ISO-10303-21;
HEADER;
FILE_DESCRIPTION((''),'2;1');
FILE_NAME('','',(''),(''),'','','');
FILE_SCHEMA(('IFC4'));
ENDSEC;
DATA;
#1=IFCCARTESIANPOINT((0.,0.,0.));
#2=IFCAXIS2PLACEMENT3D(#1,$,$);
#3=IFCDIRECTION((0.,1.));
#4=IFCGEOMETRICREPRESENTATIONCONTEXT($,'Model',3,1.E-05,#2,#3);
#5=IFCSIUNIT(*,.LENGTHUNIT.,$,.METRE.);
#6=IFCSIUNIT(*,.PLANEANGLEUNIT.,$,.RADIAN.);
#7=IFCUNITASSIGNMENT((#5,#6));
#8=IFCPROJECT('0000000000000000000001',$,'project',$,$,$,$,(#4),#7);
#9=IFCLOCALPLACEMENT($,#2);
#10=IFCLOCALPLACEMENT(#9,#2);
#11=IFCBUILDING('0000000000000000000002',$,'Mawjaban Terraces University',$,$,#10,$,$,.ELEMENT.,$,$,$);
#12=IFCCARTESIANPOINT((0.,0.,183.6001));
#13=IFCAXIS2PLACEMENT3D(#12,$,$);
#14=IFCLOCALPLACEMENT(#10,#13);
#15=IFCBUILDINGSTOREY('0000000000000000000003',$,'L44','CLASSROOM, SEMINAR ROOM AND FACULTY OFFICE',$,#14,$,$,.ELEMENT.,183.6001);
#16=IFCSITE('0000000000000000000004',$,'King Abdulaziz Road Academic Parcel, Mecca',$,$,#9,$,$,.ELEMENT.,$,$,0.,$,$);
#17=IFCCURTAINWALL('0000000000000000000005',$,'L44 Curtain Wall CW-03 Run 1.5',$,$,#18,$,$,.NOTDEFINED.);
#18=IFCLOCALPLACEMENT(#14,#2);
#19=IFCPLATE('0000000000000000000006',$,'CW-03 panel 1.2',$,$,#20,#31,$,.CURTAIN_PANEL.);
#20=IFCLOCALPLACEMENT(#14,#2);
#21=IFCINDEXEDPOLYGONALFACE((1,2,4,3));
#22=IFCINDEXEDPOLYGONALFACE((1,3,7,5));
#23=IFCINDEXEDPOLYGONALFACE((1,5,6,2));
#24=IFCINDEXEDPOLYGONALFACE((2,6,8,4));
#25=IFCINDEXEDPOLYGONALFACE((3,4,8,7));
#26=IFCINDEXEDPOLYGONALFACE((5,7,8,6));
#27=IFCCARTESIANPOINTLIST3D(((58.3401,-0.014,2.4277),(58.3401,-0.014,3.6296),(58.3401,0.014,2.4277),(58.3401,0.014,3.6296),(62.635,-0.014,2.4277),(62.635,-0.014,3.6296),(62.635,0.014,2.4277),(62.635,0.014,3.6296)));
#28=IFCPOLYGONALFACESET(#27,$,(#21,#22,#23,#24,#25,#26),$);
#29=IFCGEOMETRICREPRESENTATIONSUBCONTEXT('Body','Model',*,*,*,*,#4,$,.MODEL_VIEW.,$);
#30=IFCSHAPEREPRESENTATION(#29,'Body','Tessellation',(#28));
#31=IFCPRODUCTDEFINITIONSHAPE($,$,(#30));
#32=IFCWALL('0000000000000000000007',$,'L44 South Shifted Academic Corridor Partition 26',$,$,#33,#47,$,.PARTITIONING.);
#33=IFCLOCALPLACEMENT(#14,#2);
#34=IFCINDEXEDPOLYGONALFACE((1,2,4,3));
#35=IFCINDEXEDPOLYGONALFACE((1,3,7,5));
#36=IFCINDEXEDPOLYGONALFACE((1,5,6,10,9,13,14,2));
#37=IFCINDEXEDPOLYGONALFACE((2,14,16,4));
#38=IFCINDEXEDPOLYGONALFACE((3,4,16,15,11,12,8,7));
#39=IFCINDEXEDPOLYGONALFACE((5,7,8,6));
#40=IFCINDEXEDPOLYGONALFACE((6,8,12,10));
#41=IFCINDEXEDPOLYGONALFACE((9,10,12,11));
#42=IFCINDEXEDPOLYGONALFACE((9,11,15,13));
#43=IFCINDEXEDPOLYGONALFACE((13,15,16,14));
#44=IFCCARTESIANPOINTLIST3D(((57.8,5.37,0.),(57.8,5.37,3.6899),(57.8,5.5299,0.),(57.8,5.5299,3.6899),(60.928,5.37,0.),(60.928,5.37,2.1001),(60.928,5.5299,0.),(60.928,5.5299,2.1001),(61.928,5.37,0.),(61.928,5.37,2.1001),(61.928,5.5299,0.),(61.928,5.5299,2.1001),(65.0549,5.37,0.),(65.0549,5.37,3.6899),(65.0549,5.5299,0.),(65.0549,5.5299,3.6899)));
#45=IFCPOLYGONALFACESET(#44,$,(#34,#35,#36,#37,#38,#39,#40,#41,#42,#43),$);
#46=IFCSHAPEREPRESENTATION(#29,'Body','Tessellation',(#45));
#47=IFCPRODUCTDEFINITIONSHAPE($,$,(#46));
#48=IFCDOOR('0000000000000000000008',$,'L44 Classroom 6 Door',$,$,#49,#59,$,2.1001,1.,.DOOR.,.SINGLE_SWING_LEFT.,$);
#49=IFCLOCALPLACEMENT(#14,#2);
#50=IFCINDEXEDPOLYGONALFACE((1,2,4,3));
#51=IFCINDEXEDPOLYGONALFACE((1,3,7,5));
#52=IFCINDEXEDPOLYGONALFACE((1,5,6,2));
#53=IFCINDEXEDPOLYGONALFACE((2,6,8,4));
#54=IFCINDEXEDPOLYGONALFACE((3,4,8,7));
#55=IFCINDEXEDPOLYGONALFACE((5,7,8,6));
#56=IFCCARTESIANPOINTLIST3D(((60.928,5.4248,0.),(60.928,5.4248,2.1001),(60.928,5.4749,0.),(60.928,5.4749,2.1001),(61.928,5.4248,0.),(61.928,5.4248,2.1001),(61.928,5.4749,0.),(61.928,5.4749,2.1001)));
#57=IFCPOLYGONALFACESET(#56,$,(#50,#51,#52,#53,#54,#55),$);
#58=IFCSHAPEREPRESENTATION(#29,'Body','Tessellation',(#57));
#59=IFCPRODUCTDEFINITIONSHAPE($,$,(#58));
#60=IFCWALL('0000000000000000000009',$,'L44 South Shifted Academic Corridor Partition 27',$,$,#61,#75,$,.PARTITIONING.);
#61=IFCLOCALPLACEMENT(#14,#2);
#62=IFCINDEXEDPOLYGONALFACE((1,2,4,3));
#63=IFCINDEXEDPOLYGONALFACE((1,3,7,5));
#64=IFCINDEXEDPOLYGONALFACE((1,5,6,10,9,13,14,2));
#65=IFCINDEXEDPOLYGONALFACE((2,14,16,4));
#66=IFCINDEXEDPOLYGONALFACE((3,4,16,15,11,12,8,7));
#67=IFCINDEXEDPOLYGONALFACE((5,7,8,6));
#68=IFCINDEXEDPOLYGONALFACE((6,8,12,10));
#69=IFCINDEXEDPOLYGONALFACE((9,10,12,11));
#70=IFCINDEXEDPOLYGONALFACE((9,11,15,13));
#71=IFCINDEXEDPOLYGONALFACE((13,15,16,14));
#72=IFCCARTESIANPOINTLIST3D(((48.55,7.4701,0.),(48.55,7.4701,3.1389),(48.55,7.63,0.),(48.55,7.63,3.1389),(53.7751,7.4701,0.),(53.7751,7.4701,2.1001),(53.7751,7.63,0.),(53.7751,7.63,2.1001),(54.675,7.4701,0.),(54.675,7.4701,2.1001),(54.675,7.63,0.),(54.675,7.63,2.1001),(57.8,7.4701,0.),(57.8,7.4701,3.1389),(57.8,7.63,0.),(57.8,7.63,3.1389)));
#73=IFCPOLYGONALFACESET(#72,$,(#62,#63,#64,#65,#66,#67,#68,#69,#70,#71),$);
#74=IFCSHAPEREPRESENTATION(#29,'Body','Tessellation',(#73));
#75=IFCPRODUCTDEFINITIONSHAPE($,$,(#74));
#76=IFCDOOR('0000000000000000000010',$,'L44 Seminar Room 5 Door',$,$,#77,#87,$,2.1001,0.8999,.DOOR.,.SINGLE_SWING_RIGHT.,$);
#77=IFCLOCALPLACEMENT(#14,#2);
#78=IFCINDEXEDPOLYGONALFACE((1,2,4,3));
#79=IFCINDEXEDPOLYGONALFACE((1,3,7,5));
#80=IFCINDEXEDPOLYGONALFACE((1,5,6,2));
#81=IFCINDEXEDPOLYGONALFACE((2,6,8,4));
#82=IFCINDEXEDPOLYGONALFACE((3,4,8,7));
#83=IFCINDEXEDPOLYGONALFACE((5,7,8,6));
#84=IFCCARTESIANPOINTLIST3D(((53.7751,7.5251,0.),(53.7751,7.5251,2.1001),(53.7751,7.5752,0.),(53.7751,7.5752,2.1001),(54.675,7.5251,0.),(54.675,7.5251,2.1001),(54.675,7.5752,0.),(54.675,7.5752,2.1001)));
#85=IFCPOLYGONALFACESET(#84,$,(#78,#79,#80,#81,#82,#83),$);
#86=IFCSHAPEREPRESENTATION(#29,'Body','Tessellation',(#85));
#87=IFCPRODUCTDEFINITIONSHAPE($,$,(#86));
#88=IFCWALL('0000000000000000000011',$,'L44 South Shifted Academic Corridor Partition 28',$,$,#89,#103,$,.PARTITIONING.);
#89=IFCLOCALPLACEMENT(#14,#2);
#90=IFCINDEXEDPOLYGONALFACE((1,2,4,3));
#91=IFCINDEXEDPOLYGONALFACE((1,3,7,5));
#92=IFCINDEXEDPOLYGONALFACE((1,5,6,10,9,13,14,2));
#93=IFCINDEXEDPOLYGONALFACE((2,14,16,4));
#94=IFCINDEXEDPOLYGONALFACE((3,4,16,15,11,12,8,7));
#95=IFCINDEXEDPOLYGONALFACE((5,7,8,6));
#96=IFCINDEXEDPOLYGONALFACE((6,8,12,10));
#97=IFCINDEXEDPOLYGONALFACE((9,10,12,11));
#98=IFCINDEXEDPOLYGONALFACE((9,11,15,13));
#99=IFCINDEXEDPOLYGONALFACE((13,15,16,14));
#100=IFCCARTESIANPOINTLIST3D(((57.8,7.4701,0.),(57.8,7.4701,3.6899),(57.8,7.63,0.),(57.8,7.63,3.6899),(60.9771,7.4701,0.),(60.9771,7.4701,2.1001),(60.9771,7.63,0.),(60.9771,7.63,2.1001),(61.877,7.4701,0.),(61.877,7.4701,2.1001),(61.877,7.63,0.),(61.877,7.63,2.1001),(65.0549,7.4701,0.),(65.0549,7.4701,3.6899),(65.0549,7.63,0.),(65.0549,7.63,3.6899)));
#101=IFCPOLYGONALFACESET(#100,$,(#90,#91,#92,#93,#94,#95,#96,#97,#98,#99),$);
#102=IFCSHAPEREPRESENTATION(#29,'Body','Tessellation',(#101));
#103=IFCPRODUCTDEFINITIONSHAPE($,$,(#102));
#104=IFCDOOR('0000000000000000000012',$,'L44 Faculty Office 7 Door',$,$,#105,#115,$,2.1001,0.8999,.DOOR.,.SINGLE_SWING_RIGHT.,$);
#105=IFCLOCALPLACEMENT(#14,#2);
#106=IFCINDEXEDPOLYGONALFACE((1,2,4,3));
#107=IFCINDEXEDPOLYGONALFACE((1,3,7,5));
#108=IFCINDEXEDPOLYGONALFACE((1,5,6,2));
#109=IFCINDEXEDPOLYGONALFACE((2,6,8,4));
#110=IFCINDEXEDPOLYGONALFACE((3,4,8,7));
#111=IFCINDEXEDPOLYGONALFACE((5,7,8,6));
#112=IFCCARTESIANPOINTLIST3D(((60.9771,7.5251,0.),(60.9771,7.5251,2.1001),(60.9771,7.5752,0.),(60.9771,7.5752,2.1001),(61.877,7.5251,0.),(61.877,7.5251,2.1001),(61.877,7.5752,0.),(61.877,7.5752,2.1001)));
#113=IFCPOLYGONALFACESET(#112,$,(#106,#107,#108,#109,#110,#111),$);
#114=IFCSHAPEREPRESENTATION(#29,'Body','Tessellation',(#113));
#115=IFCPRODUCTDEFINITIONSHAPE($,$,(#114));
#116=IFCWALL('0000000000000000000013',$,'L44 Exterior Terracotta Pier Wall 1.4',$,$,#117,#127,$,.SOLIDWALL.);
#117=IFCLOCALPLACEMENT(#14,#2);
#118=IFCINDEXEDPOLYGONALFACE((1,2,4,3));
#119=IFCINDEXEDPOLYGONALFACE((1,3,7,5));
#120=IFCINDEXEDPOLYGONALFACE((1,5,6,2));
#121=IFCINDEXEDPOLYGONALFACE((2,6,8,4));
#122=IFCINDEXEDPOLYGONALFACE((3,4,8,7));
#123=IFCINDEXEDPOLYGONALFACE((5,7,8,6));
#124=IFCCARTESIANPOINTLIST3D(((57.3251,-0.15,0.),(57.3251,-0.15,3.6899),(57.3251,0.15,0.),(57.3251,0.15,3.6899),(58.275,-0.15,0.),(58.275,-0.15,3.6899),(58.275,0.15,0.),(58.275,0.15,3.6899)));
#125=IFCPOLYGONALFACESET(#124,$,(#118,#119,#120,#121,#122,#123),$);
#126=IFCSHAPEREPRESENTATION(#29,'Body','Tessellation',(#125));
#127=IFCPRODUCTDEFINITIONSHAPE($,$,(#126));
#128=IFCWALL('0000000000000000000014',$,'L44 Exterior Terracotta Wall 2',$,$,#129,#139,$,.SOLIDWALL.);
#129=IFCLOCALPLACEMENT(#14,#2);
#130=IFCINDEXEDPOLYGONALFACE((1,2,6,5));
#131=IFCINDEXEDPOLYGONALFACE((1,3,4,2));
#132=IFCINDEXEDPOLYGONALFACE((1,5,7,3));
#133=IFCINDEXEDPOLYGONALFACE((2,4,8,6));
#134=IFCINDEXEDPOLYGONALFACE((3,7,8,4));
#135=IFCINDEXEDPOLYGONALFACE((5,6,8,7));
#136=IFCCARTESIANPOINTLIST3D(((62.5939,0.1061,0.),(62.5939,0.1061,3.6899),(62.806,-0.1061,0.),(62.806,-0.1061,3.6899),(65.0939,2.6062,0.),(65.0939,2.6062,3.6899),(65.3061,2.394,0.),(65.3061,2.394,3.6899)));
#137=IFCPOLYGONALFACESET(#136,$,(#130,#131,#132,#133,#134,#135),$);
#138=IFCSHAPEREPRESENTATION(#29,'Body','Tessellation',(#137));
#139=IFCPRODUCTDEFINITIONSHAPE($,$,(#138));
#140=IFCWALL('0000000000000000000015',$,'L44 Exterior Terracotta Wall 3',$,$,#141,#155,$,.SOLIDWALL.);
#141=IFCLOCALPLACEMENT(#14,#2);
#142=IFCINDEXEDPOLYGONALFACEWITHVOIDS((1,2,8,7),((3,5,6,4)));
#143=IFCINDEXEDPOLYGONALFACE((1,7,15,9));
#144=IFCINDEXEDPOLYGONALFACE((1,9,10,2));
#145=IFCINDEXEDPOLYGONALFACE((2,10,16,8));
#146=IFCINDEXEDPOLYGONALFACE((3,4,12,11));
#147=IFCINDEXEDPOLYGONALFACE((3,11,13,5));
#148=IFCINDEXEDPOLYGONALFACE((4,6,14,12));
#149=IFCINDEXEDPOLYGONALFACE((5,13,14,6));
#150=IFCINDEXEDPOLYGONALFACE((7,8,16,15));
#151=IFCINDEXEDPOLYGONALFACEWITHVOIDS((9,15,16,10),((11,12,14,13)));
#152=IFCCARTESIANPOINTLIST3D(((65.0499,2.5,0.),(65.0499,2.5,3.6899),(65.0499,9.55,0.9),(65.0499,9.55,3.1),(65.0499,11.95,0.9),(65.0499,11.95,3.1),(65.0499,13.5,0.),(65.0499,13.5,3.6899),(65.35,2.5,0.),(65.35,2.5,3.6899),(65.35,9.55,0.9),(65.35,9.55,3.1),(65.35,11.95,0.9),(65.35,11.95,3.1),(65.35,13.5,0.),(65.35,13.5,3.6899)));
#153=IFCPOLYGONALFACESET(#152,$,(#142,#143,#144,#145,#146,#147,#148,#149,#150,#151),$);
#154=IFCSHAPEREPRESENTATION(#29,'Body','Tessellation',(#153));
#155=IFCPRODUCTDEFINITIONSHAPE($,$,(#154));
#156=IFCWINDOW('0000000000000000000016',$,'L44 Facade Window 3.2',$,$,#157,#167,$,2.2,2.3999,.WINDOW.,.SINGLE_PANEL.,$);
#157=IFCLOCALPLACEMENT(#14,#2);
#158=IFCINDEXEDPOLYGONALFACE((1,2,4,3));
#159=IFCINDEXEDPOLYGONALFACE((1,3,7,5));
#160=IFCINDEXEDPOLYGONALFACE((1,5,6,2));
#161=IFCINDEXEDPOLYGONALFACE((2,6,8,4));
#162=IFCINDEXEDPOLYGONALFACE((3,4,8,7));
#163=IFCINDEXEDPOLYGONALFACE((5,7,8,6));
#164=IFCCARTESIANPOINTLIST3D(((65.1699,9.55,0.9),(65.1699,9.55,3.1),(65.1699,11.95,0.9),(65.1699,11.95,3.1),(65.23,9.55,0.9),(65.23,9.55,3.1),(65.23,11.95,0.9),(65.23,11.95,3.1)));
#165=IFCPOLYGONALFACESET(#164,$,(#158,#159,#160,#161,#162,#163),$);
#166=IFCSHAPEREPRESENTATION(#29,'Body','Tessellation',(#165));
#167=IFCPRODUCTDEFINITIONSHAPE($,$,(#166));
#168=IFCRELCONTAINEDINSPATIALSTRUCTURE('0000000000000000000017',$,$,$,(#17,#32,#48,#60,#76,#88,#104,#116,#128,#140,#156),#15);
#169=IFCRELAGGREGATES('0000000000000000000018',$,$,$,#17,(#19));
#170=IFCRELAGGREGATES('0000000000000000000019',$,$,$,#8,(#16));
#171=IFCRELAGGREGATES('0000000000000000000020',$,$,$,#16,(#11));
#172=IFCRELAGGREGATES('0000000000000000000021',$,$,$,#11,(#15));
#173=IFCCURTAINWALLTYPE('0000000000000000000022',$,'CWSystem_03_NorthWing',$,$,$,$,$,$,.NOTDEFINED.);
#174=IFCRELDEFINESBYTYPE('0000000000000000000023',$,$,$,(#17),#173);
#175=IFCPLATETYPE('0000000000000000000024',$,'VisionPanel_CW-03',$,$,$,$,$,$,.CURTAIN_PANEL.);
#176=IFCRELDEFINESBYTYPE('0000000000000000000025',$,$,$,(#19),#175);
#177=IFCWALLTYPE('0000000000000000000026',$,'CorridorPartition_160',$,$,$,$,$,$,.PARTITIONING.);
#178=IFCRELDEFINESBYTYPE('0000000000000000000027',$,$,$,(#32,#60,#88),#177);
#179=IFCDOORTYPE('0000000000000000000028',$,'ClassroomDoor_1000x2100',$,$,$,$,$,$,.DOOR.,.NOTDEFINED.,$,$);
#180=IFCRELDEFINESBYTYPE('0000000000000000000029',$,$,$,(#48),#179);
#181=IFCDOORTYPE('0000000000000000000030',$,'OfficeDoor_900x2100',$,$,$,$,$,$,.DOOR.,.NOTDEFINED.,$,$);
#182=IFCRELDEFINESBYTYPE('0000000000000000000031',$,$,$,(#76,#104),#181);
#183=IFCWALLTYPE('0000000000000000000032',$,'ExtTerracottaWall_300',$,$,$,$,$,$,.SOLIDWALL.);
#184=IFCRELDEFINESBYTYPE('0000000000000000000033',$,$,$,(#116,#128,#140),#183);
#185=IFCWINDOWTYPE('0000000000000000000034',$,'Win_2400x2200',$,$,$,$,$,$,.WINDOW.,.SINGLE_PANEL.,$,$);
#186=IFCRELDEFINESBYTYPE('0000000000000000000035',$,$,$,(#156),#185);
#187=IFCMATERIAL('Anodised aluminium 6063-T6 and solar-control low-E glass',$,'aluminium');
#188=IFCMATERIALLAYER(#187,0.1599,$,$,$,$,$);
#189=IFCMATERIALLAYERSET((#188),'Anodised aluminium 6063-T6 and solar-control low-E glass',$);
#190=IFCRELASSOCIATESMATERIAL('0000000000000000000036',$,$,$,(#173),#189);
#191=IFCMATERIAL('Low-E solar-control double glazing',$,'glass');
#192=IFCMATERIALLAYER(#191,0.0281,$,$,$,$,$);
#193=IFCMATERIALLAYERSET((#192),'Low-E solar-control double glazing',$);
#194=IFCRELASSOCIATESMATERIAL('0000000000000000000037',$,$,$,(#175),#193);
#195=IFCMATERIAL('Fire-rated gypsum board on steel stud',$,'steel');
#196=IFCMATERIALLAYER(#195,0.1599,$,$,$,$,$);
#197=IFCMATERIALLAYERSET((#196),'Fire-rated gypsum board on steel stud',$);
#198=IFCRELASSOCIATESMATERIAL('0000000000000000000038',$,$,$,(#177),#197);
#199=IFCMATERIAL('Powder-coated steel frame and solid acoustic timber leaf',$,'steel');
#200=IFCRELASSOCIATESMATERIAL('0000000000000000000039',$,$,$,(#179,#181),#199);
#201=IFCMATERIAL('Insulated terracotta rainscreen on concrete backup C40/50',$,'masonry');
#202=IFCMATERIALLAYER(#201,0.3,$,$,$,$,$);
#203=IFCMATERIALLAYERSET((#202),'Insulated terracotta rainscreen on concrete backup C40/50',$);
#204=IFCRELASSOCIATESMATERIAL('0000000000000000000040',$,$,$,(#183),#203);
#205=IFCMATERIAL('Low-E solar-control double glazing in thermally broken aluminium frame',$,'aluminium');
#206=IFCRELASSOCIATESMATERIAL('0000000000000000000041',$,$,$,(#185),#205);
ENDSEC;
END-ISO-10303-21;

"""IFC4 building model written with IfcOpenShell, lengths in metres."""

from ifc_helpers import new_model, si_unit, direction, frame, frame_2d, origin, origin_2d, place, context, subcontext, project, spatial, rectangle, extrude, material, layer, layer_set, type_object, element, fill, aggregate, save


model = new_model("IFC4")

# Units and contexts
model_context = context("Model", 3, precision=1e-05, world=origin(), true_north=direction((0.0, 1.0)))
body_context = subcontext(model_context, "Body", "Model", "MODEL_VIEW")
ifc_project = project(units=[si_unit("LENGTHUNIT", "METRE"), si_unit("PLANEANGLEUNIT", "RADIAN")], contexts=[model_context])

# Site, building, storey
site_placement = place(None, origin())
site = spatial("IfcSite", under=ifc_project, at=site_placement, Name="King Abdulaziz Road Academic Parcel, Mecca", CompositionType="ELEMENT", RefElevation=0.0)
building_placement = place(site_placement, origin())
building = spatial("IfcBuilding", under=site, at=building_placement, Name="Mawjaban Terraces University", CompositionType="ELEMENT")
storey_placement = place(building_placement, frame((0.0, 0.0, 183.6001)))
storey = spatial("IfcBuildingStorey", under=building, at=storey_placement, Name="L44", Description="CLASSROOM, SEMINAR ROOM AND FACULTY OFFICE", CompositionType="ELEMENT", Elevation=183.6001)

# Curtain wall, plate
ifc_material_1 = material(Name="Anodised aluminium 6063-T6 and solar-control low-E glass", Category="aluminium")
ifc_layer_1 = layer(ifc_material_1, 0.1599)
ifc_layer_set_1 = layer_set([ifc_layer_1], Name="Anodised aluminium 6063-T6 and solar-control low-E glass")
curtain_wall_type = type_object("IfcCurtainWallType", Name="CWSystem_03_NorthWing", PredefinedType="NOTDEFINED", material=ifc_layer_set_1)
curtain_wall_placement = place(storey_placement, origin())
curtain_wall = element("IfcCurtainWall", 1, at=curtain_wall_placement, inside=storey, type_object=curtain_wall_type, Name="L44 Curtain Wall CW-03 Run 1.5", PredefinedType="NOTDEFINED")
ifc_material_2 = material(Name="Low-E solar-control double glazing", Category="glass")
ifc_layer_2 = layer(ifc_material_2, 0.0281)
ifc_layer_set_2 = layer_set([ifc_layer_2], Name="Low-E solar-control double glazing")
plate_type = type_object("IfcPlateType", Name="VisionPanel_CW-03", PredefinedType="CURTAIN_PANEL", material=ifc_layer_set_2)
plate_1_placement = place(storey_placement, frame((60.4875, 0.0, 2.4277), z_axis=(0.0, 0.0, 1.0), x_axis=(1.0, 0.0, 0.0)))
plate_1 = element("IfcPlate", 2, at=plate_1_placement, type_object=plate_type, Name="CW-03 panel 1.2", PredefinedType="CURTAIN_PANEL", context=body_context, shape_type="SweptSolid", body=[
    extrude(rectangle(XDim=4.2949, YDim=0.0281, at=origin_2d()), origin(), (0.0, 0.0, 1.0), 1.2019),
])
aggregate(curtain_wall, [plate_1])

# Walls, openings, doors
ifc_material_3 = material(Name="Fire-rated gypsum board on steel stud", Category="steel")
ifc_layer_3 = layer(ifc_material_3, 0.1599)
ifc_layer_set_3 = layer_set([ifc_layer_3], Name="Fire-rated gypsum board on steel stud")
wall_type_1 = type_object("IfcWallType", Name="CorridorPartition_160", PredefinedType="PARTITIONING", material=ifc_layer_set_3)
wall_1_placement = place(storey_placement, frame((57.8, 5.45, 0.0), z_axis=(0.0, 0.0, 1.0), x_axis=(1.0, 0.0, 0.0)))
wall_1 = element("IfcWall", 3, at=wall_1_placement, inside=storey, type_object=wall_type_1, Name="L44 South Shifted Academic Corridor Partition 26", PredefinedType="PARTITIONING", context=body_context, shape_type="SweptSolid", body=[
    extrude(rectangle(XDim=7.2549, YDim=0.1599, at=frame_2d((3.6274, 0.0))), origin(), (0.0, 0.0, 1.0), 3.6899),
])
opening_1_placement = place(wall_1_placement, frame((3.1279, 0.0, 0.0)))
opening_1 = element("IfcOpeningElement", 4, at=opening_1_placement, cuts=wall_1, PredefinedType="OPENING", context=body_context, shape_type="SweptSolid", body=[
    extrude(rectangle(XDim=1.0, YDim=2.1001, at=frame_2d((0.5, 1.05))), frame((0.0, 0.0898, 0.0), z_axis=(0.0, -1.0, 0.0), x_axis=(1.0, 0.0, 0.0)), (0.0, 0.0, 1.0), 0.1799),
])
ifc_material_4 = material(Name="Powder-coated steel frame and solid acoustic timber leaf", Category="steel")
door_type_1 = type_object("IfcDoorType", Name="ClassroomDoor_1000x2100", OperationType="NOTDEFINED", PredefinedType="DOOR", material=ifc_material_4)
door_1_placement = place(opening_1_placement, origin())
door_1 = element("IfcDoor", 5, at=door_1_placement, inside=storey, type_object=door_type_1, Name="L44 Classroom 6 Door", OperationType="SINGLE_SWING_LEFT", OverallHeight=2.1001, OverallWidth=1.0, PredefinedType="DOOR", context=body_context, shape_type="SweptSolid", body=[
    extrude(rectangle(XDim=1.0, YDim=2.1001, at=frame_2d((0.5, 1.05))), frame((0.0, 0.0249, 0.0), z_axis=(0.0, -1.0, 0.0), x_axis=(1.0, 0.0, 0.0)), (0.0, 0.0, 1.0), 0.05),
])
fill(opening_1, door_1)
wall_2_placement = place(storey_placement, frame((57.8, 7.55, 0.0), z_axis=(0.0, 0.0, 1.0), x_axis=(-1.0, 0.0, 0.0)))
wall_2 = element("IfcWall", 6, at=wall_2_placement, inside=storey, type_object=wall_type_1, Name="L44 South Shifted Academic Corridor Partition 27", PredefinedType="PARTITIONING", context=body_context, shape_type="SweptSolid", body=[
    extrude(rectangle(XDim=9.25, YDim=0.1599, at=frame_2d((4.625, 0.0))), origin(), (0.0, 0.0, 1.0), 3.1389),
])
opening_2_placement = place(wall_2_placement, frame((3.125, 0.0, 0.0)))
opening_2 = element("IfcOpeningElement", 7, at=opening_2_placement, cuts=wall_2, PredefinedType="OPENING", context=body_context, shape_type="SweptSolid", body=[
    extrude(rectangle(XDim=0.8999, YDim=2.1001, at=frame_2d((0.45, 1.05))), frame((0.0, 0.0898, 0.0), z_axis=(0.0, -1.0, 0.0), x_axis=(1.0, 0.0, 0.0)), (0.0, 0.0, 1.0), 0.1799),
])
door_type_2 = type_object("IfcDoorType", Name="OfficeDoor_900x2100", OperationType="NOTDEFINED", PredefinedType="DOOR", material=ifc_material_4)
door_2_placement = place(opening_2_placement, origin())
door_2 = element("IfcDoor", 8, at=door_2_placement, inside=storey, type_object=door_type_2, Name="L44 Seminar Room 5 Door", OperationType="SINGLE_SWING_RIGHT", OverallHeight=2.1001, OverallWidth=0.8999, PredefinedType="DOOR", context=body_context, shape_type="SweptSolid", body=[
    extrude(rectangle(XDim=0.8999, YDim=2.1001, at=frame_2d((0.45, 1.05))), frame((0.0, 0.0249, 0.0), z_axis=(0.0, -1.0, 0.0), x_axis=(1.0, 0.0, 0.0)), (0.0, 0.0, 1.0), 0.05),
])
fill(opening_2, door_2)
wall_3_placement = place(storey_placement, frame((65.0549, 7.55, 0.0), z_axis=(0.0, 0.0, 1.0), x_axis=(-1.0, 0.0, 0.0)))
wall_3 = element("IfcWall", 9, at=wall_3_placement, inside=storey, type_object=wall_type_1, Name="L44 South Shifted Academic Corridor Partition 28", PredefinedType="PARTITIONING", context=body_context, shape_type="SweptSolid", body=[
    extrude(rectangle(XDim=7.2549, YDim=0.1599, at=frame_2d((3.6274, 0.0))), origin(), (0.0, 0.0, 1.0), 3.6899),
])
opening_3_placement = place(wall_3_placement, frame((3.178, 0.0, 0.0)))
opening_3 = element("IfcOpeningElement", 10, at=opening_3_placement, cuts=wall_3, PredefinedType="OPENING", context=body_context, shape_type="SweptSolid", body=[
    extrude(rectangle(XDim=0.8999, YDim=2.1001, at=frame_2d((0.45, 1.05))), frame((0.0, 0.0898, 0.0), z_axis=(0.0, -1.0, 0.0), x_axis=(1.0, 0.0, 0.0)), (0.0, 0.0, 1.0), 0.1799),
])
door_3_placement = place(opening_3_placement, origin())
door_3 = element("IfcDoor", 11, at=door_3_placement, inside=storey, type_object=door_type_2, Name="L44 Faculty Office 7 Door", OperationType="SINGLE_SWING_RIGHT", OverallHeight=2.1001, OverallWidth=0.8999, PredefinedType="DOOR", context=body_context, shape_type="SweptSolid", body=[
    extrude(rectangle(XDim=0.8999, YDim=2.1001, at=frame_2d((0.45, 1.05))), frame((0.0, 0.0249, 0.0), z_axis=(0.0, -1.0, 0.0), x_axis=(1.0, 0.0, 0.0)), (0.0, 0.0, 1.0), 0.05),
])
fill(opening_3, door_3)

# Walls
ifc_material_5 = material(Name="Insulated terracotta rainscreen on concrete backup C40/50", Category="masonry")
ifc_layer_4 = layer(ifc_material_5, 0.3)
ifc_layer_set_4 = layer_set([ifc_layer_4], Name="Insulated terracotta rainscreen on concrete backup C40/50")
wall_type_2 = type_object("IfcWallType", Name="ExtTerracottaWall_300", PredefinedType="SOLIDWALL", material=ifc_layer_set_4)
wall_4_placement = place(storey_placement, frame((57.325, 0.0, 0.0), z_axis=(0.0, 0.0, 1.0), x_axis=(1.0, 0.0, 0.0)))
element("IfcWall", 12, at=wall_4_placement, inside=storey, type_object=wall_type_2, Name="L44 Exterior Terracotta Pier Wall 1.4", PredefinedType="SOLIDWALL", context=body_context, shape_type="SweptSolid", body=[
    extrude(rectangle(XDim=0.95, YDim=0.3, at=frame_2d((0.4751, 0.0))), origin(), (0.0, 0.0, 1.0), 3.6899),
])
wall_5_placement = place(storey_placement, frame((62.7, 0.0, 0.0), z_axis=(0.0, 0.0, 1.0), x_axis=(0.707107, 0.707107, 0.0)))
element("IfcWall", 13, at=wall_5_placement, inside=storey, type_object=wall_type_2, Name="L44 Exterior Terracotta Wall 2", PredefinedType="SOLIDWALL", context=body_context, shape_type="SweptSolid", body=[
    extrude(rectangle(XDim=3.5356, YDim=0.3, at=frame_2d((1.7678, 0.0))), origin(), (0.0, 0.0, 1.0), 3.6899),
])

# Wall, opening, window
wall_6_placement = place(storey_placement, frame((65.2, 2.5, 0.0), z_axis=(0.0, 0.0, 1.0), x_axis=(0.0, 1.0, 0.0)))
wall_6 = element("IfcWall", 14, at=wall_6_placement, inside=storey, type_object=wall_type_2, Name="L44 Exterior Terracotta Wall 3", PredefinedType="SOLIDWALL", context=body_context, shape_type="SweptSolid", body=[
    extrude(rectangle(XDim=11.0, YDim=0.3, at=frame_2d((5.5, 0.0))), origin(), (0.0, 0.0, 1.0), 3.6899),
])
opening_4_placement = place(wall_6_placement, frame((7.05, 0.0, 0.8999)))
opening_4 = element("IfcOpeningElement", 15, at=opening_4_placement, cuts=wall_6, PredefinedType="OPENING", context=body_context, shape_type="SweptSolid", body=[
    extrude(rectangle(XDim=2.3999, YDim=2.2, at=frame_2d((1.2, 1.1001))), frame((0.0, 0.1599, 0.0), z_axis=(0.0, -1.0, 0.0), x_axis=(1.0, 0.0, 0.0)), (0.0, 0.0, 1.0), 0.3201),
])
ifc_material_6 = material(Name="Low-E solar-control double glazing in thermally broken aluminium frame", Category="aluminium")
window_type = type_object("IfcWindowType", Name="Win_2400x2200", PartitioningType="SINGLE_PANEL", PredefinedType="WINDOW", material=ifc_material_6)
window_placement = place(opening_4_placement, origin())
window = element("IfcWindow", 16, at=window_placement, inside=storey, type_object=window_type, Name="L44 Facade Window 3.2", OverallHeight=2.2, OverallWidth=2.3999, PartitioningType="SINGLE_PANEL", PredefinedType="WINDOW", context=body_context, shape_type="SweptSolid", body=[
    extrude(rectangle(XDim=2.3999, YDim=2.2, at=frame_2d((1.2, 1.1001))), frame((0.0, 0.03, 0.0), z_axis=(0.0, -1.0, 0.0), x_axis=(1.0, 0.0, 0.0)), (0.0, 0.0, 1.0), 0.0601),
])
fill(opening_4, window)

save(model, "model.ifc")
